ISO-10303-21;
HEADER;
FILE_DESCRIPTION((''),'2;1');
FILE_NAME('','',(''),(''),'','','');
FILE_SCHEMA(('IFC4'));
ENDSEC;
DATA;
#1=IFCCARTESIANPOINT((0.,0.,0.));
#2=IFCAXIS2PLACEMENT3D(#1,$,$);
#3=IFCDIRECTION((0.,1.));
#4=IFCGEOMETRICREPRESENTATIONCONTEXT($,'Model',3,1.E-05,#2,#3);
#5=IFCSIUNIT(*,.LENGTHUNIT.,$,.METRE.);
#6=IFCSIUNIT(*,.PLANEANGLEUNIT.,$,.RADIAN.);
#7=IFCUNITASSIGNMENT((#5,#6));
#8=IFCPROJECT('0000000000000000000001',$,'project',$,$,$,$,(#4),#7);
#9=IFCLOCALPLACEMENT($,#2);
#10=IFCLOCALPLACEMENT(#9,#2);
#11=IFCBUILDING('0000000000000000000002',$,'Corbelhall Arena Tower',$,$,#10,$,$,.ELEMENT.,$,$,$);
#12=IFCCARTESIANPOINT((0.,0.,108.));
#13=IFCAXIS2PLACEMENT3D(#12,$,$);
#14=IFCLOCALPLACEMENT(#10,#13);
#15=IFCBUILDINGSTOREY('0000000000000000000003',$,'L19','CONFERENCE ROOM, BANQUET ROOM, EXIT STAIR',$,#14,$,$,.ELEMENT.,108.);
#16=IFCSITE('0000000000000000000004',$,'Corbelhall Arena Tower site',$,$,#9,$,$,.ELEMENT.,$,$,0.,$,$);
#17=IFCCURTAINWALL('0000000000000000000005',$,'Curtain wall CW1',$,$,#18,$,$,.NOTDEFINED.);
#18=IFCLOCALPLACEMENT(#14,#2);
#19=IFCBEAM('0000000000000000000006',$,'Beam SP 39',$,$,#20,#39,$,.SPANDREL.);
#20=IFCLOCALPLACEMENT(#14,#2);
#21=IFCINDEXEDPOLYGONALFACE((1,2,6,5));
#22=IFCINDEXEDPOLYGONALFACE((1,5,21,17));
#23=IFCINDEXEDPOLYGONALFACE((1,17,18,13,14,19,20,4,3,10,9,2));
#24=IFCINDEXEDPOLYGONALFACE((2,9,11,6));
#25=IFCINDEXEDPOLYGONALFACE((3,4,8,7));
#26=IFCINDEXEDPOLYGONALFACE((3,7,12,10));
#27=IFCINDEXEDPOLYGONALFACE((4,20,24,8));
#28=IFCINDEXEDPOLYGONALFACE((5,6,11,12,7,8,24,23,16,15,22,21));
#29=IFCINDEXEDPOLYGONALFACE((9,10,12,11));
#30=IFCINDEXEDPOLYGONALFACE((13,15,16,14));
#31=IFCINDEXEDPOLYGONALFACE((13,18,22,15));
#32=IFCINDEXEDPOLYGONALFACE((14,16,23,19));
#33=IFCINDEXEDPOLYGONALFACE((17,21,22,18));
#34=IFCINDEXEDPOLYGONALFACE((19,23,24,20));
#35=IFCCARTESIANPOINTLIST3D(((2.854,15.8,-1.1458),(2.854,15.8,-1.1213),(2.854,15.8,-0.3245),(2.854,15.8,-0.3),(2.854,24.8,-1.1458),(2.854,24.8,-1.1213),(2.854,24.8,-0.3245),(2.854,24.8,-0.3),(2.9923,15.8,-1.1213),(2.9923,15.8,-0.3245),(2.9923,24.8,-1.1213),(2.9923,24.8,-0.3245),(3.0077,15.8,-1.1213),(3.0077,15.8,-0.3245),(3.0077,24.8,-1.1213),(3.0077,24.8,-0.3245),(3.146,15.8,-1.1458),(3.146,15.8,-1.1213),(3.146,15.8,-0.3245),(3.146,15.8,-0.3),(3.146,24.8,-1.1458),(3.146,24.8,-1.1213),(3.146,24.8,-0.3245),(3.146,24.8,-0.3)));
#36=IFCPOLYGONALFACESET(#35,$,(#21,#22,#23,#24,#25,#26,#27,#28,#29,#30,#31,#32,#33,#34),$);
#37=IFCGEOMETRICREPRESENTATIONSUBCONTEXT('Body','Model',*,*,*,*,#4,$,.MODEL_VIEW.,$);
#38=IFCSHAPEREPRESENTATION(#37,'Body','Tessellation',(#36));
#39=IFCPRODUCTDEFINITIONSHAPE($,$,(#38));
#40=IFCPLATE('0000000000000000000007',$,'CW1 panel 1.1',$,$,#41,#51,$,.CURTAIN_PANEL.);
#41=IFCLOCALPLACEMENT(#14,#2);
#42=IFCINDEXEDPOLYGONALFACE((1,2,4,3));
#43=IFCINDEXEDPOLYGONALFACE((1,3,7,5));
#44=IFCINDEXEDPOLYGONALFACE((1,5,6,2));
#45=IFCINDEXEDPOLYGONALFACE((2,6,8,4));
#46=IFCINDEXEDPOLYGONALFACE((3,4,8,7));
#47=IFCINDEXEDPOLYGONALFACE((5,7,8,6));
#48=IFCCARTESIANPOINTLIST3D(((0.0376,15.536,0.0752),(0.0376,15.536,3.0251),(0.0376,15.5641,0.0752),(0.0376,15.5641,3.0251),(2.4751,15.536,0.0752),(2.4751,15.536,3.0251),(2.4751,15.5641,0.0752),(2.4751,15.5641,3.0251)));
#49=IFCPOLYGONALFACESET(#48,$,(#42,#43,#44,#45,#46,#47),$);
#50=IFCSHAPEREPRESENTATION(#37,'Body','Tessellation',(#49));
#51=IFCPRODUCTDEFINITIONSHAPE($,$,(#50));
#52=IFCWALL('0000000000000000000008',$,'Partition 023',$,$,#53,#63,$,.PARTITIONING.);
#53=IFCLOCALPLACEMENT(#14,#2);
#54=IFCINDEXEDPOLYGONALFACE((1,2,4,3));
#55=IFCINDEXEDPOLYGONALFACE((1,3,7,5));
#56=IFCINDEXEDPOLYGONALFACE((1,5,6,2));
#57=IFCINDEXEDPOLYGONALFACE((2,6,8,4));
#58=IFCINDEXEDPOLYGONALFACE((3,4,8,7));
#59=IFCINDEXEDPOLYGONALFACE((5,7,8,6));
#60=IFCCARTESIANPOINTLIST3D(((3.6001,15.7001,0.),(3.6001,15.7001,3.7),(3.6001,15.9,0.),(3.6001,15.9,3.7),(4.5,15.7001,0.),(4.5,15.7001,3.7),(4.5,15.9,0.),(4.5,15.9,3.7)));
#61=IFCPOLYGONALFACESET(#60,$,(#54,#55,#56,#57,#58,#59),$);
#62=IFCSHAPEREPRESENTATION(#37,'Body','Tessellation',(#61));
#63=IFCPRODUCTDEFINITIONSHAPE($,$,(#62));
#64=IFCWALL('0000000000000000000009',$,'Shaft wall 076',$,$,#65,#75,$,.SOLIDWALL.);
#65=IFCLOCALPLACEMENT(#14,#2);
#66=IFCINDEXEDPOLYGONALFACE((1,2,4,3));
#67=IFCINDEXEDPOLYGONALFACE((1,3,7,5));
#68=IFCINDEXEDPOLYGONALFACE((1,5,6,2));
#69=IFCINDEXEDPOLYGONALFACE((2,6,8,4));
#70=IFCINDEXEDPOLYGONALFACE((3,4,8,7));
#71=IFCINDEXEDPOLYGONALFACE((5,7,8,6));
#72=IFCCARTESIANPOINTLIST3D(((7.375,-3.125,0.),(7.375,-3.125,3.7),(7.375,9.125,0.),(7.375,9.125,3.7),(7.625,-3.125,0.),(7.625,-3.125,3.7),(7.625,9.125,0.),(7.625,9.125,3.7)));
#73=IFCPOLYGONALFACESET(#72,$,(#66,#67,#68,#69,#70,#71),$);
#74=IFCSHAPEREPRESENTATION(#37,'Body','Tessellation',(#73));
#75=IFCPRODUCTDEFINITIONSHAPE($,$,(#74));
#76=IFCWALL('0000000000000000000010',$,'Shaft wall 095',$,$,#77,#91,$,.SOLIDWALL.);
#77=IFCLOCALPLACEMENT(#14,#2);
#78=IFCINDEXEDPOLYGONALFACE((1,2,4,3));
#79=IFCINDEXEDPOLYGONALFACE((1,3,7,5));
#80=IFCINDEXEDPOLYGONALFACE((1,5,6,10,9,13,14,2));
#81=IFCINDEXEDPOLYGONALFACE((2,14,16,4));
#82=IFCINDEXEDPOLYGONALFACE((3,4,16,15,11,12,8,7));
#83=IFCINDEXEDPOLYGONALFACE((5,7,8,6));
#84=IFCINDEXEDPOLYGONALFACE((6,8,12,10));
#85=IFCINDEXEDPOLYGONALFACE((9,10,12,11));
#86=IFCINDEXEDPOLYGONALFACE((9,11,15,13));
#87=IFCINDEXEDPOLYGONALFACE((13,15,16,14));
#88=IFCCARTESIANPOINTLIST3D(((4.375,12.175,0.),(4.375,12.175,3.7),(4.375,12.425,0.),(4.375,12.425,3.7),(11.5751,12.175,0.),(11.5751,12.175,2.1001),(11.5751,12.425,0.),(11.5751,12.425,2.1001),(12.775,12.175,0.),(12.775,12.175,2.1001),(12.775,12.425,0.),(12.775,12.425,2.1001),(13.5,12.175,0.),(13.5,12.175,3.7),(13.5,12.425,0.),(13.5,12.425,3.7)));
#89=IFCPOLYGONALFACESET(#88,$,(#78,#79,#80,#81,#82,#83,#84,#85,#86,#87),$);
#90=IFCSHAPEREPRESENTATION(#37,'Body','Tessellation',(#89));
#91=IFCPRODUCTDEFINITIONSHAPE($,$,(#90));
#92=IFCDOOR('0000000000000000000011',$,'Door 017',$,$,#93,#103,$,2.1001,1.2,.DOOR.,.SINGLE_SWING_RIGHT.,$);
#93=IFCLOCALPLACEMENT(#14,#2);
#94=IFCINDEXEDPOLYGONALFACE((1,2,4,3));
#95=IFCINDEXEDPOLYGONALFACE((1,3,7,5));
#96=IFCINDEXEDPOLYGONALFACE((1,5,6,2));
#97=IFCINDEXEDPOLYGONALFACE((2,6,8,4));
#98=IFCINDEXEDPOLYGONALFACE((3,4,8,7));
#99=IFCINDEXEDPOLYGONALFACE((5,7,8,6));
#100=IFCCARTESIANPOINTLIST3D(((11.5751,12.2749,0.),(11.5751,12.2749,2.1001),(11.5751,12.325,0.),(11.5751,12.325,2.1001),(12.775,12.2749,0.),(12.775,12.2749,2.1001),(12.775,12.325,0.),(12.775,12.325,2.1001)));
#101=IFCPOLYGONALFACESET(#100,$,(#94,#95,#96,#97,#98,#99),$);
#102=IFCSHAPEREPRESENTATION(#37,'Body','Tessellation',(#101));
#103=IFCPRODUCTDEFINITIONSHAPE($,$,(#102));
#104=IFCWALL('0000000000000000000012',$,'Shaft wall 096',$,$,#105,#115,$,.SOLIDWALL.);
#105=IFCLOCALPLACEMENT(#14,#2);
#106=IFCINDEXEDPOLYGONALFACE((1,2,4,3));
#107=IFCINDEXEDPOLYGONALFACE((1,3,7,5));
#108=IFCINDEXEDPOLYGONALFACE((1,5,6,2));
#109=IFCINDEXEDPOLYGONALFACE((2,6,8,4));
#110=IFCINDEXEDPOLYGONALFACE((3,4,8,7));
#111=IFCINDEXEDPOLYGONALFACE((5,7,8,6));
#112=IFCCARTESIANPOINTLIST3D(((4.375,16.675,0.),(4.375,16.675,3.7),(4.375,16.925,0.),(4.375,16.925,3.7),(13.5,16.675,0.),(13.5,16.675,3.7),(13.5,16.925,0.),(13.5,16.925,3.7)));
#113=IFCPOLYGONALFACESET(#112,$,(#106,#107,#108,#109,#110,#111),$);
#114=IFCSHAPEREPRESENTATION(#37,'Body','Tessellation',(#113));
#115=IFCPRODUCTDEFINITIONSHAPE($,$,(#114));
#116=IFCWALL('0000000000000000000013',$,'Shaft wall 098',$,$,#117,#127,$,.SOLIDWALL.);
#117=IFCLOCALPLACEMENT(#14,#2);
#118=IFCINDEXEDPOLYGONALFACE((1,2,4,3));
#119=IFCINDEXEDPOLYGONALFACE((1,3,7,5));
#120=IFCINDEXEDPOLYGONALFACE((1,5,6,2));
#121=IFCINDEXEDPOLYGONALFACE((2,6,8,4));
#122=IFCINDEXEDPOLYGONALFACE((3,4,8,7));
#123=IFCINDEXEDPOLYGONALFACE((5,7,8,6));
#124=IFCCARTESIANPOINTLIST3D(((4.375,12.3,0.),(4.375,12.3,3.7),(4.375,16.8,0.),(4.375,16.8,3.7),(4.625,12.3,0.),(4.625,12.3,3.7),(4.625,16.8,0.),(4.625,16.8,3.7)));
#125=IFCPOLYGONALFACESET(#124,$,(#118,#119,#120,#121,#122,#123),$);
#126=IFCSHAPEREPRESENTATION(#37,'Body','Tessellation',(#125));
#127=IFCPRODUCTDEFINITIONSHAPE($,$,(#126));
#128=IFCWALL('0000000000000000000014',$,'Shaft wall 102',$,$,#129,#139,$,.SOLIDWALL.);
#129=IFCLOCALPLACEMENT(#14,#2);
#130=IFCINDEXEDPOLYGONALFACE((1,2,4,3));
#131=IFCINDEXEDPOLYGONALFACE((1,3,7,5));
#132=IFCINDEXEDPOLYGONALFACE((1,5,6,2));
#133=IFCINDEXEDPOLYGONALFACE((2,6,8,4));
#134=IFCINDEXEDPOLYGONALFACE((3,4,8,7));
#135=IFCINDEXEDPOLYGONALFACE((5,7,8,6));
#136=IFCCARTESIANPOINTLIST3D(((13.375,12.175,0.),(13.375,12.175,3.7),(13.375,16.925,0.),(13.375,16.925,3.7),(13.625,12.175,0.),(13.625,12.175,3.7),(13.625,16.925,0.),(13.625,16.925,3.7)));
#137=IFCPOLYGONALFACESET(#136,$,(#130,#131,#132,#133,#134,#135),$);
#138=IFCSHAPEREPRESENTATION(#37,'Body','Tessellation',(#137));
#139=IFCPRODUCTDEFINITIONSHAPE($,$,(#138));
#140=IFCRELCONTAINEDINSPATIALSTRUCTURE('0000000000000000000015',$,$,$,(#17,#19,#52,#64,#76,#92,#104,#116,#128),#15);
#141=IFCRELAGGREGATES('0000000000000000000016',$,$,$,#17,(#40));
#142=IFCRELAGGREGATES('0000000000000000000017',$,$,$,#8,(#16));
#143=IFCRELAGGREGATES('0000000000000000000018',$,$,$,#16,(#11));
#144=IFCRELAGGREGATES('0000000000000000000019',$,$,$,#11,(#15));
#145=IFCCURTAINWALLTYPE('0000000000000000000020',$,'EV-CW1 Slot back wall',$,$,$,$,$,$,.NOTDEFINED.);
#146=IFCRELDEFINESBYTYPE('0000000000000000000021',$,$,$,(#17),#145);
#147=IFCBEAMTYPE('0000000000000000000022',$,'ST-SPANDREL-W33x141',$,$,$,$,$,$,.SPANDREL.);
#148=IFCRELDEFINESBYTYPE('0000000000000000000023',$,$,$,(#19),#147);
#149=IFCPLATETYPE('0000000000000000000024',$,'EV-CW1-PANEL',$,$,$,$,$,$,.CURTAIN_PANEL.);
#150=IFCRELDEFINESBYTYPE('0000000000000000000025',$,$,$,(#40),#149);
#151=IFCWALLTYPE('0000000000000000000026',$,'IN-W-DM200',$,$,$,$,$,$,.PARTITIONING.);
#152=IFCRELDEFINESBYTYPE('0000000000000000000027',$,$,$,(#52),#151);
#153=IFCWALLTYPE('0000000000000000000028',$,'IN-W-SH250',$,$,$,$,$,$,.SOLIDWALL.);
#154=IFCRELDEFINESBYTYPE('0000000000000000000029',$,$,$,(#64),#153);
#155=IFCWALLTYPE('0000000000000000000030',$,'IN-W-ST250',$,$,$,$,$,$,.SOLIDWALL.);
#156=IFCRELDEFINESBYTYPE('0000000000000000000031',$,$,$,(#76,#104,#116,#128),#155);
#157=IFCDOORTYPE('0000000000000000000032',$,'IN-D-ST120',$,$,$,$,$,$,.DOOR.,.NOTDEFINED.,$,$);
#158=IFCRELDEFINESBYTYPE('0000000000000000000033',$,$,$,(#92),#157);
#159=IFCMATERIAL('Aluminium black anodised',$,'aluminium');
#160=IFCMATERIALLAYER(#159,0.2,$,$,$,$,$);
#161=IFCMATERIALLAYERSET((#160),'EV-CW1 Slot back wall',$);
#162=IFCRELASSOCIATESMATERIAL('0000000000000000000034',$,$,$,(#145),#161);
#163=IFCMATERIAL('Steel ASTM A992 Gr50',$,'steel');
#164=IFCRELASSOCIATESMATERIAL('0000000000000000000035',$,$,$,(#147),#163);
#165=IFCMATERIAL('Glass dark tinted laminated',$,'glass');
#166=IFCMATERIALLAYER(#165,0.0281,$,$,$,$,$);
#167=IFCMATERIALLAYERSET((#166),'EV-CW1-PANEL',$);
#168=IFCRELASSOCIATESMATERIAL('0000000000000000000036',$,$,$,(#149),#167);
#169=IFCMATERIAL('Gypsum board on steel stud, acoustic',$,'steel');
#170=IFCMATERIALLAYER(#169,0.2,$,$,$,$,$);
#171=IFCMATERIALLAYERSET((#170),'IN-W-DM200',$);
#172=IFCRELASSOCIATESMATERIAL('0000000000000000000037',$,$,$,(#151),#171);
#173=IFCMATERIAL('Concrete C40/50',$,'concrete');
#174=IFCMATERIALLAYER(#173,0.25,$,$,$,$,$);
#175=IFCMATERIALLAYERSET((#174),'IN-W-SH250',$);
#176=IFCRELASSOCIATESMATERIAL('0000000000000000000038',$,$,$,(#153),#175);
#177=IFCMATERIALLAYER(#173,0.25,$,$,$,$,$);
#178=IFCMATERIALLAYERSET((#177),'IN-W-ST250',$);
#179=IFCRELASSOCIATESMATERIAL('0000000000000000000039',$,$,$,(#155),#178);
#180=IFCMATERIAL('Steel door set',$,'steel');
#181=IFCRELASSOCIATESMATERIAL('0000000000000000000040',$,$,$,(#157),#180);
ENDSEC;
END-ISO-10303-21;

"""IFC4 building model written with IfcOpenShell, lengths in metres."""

from ifc_helpers import new_model, si_unit, direction, frame, frame_2d, origin, origin_2d, place, context, subcontext, project, spatial, rectangle, i_section, extrude, material, layer, layer_set, material_profile, profile_set, type_object, element, fill, aggregate, save


model = new_model("IFC4")

# Units and contexts
model_context = context("Model", 3, precision=1e-05, world=origin(), true_north=direction((0.0, 1.0)))
body_context = subcontext(model_context, "Body", "Model", "MODEL_VIEW")
ifc_project = project(units=[si_unit("LENGTHUNIT", "METRE"), si_unit("PLANEANGLEUNIT", "RADIAN")], contexts=[model_context])

# Site, building, storey
site_placement = place(None, origin())
site = spatial("IfcSite", under=ifc_project, at=site_placement, Name="Corbelhall Arena Tower site", CompositionType="ELEMENT", RefElevation=0.0)
building_placement = place(site_placement, origin())
building = spatial("IfcBuilding", under=site, at=building_placement, Name="Corbelhall Arena Tower", CompositionType="ELEMENT")
storey_placement = place(building_placement, frame((0.0, 0.0, 108.0)))
storey = spatial("IfcBuildingStorey", under=building, at=storey_placement, Name="L19", Description="CONFERENCE ROOM, BANQUET ROOM, EXIT STAIR", CompositionType="ELEMENT", Elevation=108.0)

# Curtain wall
ifc_material_1 = material(Name="Aluminium black anodised", Category="aluminium")
ifc_layer_1 = layer(ifc_material_1, 0.2)
ifc_layer_set_1 = layer_set([ifc_layer_1], Name="EV-CW1 Slot back wall")
curtain_wall_type = type_object("IfcCurtainWallType", Name="EV-CW1 Slot back wall", PredefinedType="NOTDEFINED", material=ifc_layer_set_1)
curtain_wall_placement = place(storey_placement, origin())
curtain_wall = element("IfcCurtainWall", 1, at=curtain_wall_placement, inside=storey, type_object=curtain_wall_type, Name="Curtain wall CW1", PredefinedType="NOTDEFINED")

# Beam
ifc_material_2 = material(Name="Steel ASTM A992 Gr50", Category="steel")
ifc_material_profile_1 = material_profile(ifc_material_2, i_section(OverallWidth=0.292, OverallDepth=0.8457, WebThickness=0.0154, FlangeThickness=0.0244, at=origin_2d()))
ifc_profile_set_1 = profile_set([ifc_material_profile_1], Name="Steel ASTM A992 Gr50")
beam_type_1 = type_object("IfcBeamType", Name="ST-SPANDREL-W33x141", PredefinedType="SPANDREL", material=ifc_profile_set_1)
beam_1_placement = place(storey_placement, frame((3.0, 15.8, -0.7229), z_axis=(0.0, 1.0, 0.0), x_axis=(-1.0, 0.0, 0.0)))
element("IfcBeam", 2, at=beam_1_placement, inside=storey, type_object=beam_type_1, Name="Beam SP 39", PredefinedType="SPANDREL", context=body_context, shape_type="SweptSolid", body=[
    extrude(i_section(OverallWidth=0.292, OverallDepth=0.8457, WebThickness=0.0154, FlangeThickness=0.0244, at=origin_2d()), origin(), (0.0, 0.0, 1.0), 9.0),
])

# Plate
ifc_material_3 = material(Name="Glass dark tinted laminated", Category="glass")
ifc_layer_2 = layer(ifc_material_3, 0.0281)
ifc_layer_set_2 = layer_set([ifc_layer_2], Name="EV-CW1-PANEL")
plate_type = type_object("IfcPlateType", Name="EV-CW1-PANEL", PredefinedType="CURTAIN_PANEL", material=ifc_layer_set_2)
plate_placement = place(storey_placement, frame((1.2563, 15.55, 0.0752), z_axis=(0.0, 0.0, 1.0), x_axis=(-1.0, 0.0, 0.0)))
plate = element("IfcPlate", 3, at=plate_placement, type_object=plate_type, Name="CW1 panel 1.1", PredefinedType="CURTAIN_PANEL", context=body_context, shape_type="SweptSolid", body=[
    extrude(rectangle(XDim=2.4375, YDim=0.0281, at=origin_2d()), origin(), (0.0, 0.0, 1.0), 2.95),
])
aggregate(curtain_wall, [plate])

# Wall
ifc_material_4 = material(Name="Gypsum board on steel stud, acoustic", Category="steel")
ifc_layer_3 = layer(ifc_material_4, 0.2)
ifc_layer_set_3 = layer_set([ifc_layer_3], Name="IN-W-DM200")
wall_type_1 = type_object("IfcWallType", Name="IN-W-DM200", PredefinedType="PARTITIONING", material=ifc_layer_set_3)
wall_1_placement = place(storey_placement, frame((3.6001, 15.8, 0.0), z_axis=(0.0, 0.0, 1.0), x_axis=(1.0, 0.0, 0.0)))
element("IfcWall", 4, at=wall_1_placement, inside=storey, type_object=wall_type_1, Name="Partition 023", PredefinedType="PARTITIONING", context=body_context, shape_type="SweptSolid", body=[
    extrude(rectangle(XDim=0.8999, YDim=0.2, at=frame_2d((0.45, 0.0))), origin(), (0.0, 0.0, 1.0), 3.7),
])

# Shared definitions
ifc_material_5 = material(Name="Steel door set", Category="steel")

# Wall
ifc_material_6 = material(Name="Concrete C40/50", Category="concrete")
ifc_layer_4 = layer(ifc_material_6, 0.25)
ifc_layer_set_4 = layer_set([ifc_layer_4], Name="IN-W-SH250")
wall_type_2 = type_object("IfcWallType", Name="IN-W-SH250", PredefinedType="SOLIDWALL", material=ifc_layer_set_4)
wall_2_placement = place(storey_placement, frame((7.5, 9.125, 0.0), z_axis=(0.0, 0.0, 1.0), x_axis=(0.0, -1.0, 0.0)))
element("IfcWall", 5, at=wall_2_placement, inside=storey, type_object=wall_type_2, Name="Shaft wall 076", PredefinedType="SOLIDWALL", context=body_context, shape_type="SweptSolid", body=[
    extrude(rectangle(XDim=12.25, YDim=0.25, at=frame_2d((6.125, 0.0))), origin(), (0.0, 0.0, 1.0), 3.7),
])

# Wall, opening, door
ifc_layer_5 = layer(ifc_material_6, 0.25)
ifc_layer_set_5 = layer_set([ifc_layer_5], Name="IN-W-ST250")
wall_type_3 = type_object("IfcWallType", Name="IN-W-ST250", PredefinedType="SOLIDWALL", material=ifc_layer_set_5)
wall_3_placement = place(storey_placement, frame((4.375, 12.3, 0.0), z_axis=(0.0, 0.0, 1.0), x_axis=(1.0, 0.0, 0.0)))
wall_3 = element("IfcWall", 6, at=wall_3_placement, inside=storey, type_object=wall_type_3, Name="Shaft wall 095", PredefinedType="SOLIDWALL", context=body_context, shape_type="SweptSolid", body=[
    extrude(rectangle(XDim=9.125, YDim=0.25, at=frame_2d((4.5625, 0.0))), origin(), (0.0, 0.0, 1.0), 3.7),
])
opening_1_placement = place(wall_3_placement, frame((7.2, 0.0, 0.0)))
opening_1 = element("IfcOpeningElement", 7, at=opening_1_placement, cuts=wall_3, PredefinedType="OPENING", context=body_context, shape_type="SweptSolid", body=[
    extrude(rectangle(XDim=1.2, YDim=2.1001, at=frame_2d((0.6001, 1.05))), frame((0.0, 0.125, 0.0), z_axis=(0.0, -1.0, 0.0), x_axis=(1.0, 0.0, 0.0)), (0.0, 0.0, 1.0), 0.25),
])
door_type_1 = type_object("IfcDoorType", Name="IN-D-ST120", OperationType="NOTDEFINED", PredefinedType="DOOR", material=ifc_material_5)
door_1_placement = place(opening_1_placement, origin())
door_1 = element("IfcDoor", 8, at=door_1_placement, inside=storey, type_object=door_type_1, Name="Door 017", OperationType="SINGLE_SWING_RIGHT", OverallHeight=2.1001, OverallWidth=1.2, PredefinedType="DOOR", context=body_context, shape_type="SweptSolid", body=[
    extrude(rectangle(XDim=1.2, YDim=2.1001, at=frame_2d((0.6001, 1.05))), frame((0.0, 0.0249, 0.0), z_axis=(0.0, -1.0, 0.0), x_axis=(1.0, 0.0, 0.0)), (0.0, 0.0, 1.0), 0.05),
])
fill(opening_1, door_1)

# Walls
wall_4_placement = place(storey_placement, frame((4.375, 16.8, 0.0), z_axis=(0.0, 0.0, 1.0), x_axis=(1.0, 0.0, 0.0)))
element("IfcWall", 9, at=wall_4_placement, inside=storey, type_object=wall_type_3, Name="Shaft wall 096", PredefinedType="SOLIDWALL", context=body_context, shape_type="SweptSolid", body=[
    extrude(rectangle(XDim=9.125, YDim=0.25, at=frame_2d((4.5625, 0.0))), origin(), (0.0, 0.0, 1.0), 3.7),
])
wall_5_placement = place(storey_placement, frame((4.5, 12.3, 0.0), z_axis=(0.0, 0.0, 1.0), x_axis=(0.0, 1.0, 0.0)))
element("IfcWall", 10, at=wall_5_placement, inside=storey, type_object=wall_type_3, Name="Shaft wall 098", PredefinedType="SOLIDWALL", context=body_context, shape_type="SweptSolid", body=[
    extrude(rectangle(XDim=4.5, YDim=0.25, at=frame_2d((2.25, 0.0))), origin(), (0.0, 0.0, 1.0), 3.7),
])
wall_6_placement = place(storey_placement, frame((13.5, 12.175, 0.0), z_axis=(0.0, 0.0, 1.0), x_axis=(0.0, 1.0, 0.0)))
element("IfcWall", 11, at=wall_6_placement, inside=storey, type_object=wall_type_3, Name="Shaft wall 102", PredefinedType="SOLIDWALL", context=body_context, shape_type="SweptSolid", body=[
    extrude(rectangle(XDim=4.75, YDim=0.25, at=frame_2d((2.375, 0.0))), origin(), (0.0, 0.0, 1.0), 3.7),
])

save(model, "model.ifc")
